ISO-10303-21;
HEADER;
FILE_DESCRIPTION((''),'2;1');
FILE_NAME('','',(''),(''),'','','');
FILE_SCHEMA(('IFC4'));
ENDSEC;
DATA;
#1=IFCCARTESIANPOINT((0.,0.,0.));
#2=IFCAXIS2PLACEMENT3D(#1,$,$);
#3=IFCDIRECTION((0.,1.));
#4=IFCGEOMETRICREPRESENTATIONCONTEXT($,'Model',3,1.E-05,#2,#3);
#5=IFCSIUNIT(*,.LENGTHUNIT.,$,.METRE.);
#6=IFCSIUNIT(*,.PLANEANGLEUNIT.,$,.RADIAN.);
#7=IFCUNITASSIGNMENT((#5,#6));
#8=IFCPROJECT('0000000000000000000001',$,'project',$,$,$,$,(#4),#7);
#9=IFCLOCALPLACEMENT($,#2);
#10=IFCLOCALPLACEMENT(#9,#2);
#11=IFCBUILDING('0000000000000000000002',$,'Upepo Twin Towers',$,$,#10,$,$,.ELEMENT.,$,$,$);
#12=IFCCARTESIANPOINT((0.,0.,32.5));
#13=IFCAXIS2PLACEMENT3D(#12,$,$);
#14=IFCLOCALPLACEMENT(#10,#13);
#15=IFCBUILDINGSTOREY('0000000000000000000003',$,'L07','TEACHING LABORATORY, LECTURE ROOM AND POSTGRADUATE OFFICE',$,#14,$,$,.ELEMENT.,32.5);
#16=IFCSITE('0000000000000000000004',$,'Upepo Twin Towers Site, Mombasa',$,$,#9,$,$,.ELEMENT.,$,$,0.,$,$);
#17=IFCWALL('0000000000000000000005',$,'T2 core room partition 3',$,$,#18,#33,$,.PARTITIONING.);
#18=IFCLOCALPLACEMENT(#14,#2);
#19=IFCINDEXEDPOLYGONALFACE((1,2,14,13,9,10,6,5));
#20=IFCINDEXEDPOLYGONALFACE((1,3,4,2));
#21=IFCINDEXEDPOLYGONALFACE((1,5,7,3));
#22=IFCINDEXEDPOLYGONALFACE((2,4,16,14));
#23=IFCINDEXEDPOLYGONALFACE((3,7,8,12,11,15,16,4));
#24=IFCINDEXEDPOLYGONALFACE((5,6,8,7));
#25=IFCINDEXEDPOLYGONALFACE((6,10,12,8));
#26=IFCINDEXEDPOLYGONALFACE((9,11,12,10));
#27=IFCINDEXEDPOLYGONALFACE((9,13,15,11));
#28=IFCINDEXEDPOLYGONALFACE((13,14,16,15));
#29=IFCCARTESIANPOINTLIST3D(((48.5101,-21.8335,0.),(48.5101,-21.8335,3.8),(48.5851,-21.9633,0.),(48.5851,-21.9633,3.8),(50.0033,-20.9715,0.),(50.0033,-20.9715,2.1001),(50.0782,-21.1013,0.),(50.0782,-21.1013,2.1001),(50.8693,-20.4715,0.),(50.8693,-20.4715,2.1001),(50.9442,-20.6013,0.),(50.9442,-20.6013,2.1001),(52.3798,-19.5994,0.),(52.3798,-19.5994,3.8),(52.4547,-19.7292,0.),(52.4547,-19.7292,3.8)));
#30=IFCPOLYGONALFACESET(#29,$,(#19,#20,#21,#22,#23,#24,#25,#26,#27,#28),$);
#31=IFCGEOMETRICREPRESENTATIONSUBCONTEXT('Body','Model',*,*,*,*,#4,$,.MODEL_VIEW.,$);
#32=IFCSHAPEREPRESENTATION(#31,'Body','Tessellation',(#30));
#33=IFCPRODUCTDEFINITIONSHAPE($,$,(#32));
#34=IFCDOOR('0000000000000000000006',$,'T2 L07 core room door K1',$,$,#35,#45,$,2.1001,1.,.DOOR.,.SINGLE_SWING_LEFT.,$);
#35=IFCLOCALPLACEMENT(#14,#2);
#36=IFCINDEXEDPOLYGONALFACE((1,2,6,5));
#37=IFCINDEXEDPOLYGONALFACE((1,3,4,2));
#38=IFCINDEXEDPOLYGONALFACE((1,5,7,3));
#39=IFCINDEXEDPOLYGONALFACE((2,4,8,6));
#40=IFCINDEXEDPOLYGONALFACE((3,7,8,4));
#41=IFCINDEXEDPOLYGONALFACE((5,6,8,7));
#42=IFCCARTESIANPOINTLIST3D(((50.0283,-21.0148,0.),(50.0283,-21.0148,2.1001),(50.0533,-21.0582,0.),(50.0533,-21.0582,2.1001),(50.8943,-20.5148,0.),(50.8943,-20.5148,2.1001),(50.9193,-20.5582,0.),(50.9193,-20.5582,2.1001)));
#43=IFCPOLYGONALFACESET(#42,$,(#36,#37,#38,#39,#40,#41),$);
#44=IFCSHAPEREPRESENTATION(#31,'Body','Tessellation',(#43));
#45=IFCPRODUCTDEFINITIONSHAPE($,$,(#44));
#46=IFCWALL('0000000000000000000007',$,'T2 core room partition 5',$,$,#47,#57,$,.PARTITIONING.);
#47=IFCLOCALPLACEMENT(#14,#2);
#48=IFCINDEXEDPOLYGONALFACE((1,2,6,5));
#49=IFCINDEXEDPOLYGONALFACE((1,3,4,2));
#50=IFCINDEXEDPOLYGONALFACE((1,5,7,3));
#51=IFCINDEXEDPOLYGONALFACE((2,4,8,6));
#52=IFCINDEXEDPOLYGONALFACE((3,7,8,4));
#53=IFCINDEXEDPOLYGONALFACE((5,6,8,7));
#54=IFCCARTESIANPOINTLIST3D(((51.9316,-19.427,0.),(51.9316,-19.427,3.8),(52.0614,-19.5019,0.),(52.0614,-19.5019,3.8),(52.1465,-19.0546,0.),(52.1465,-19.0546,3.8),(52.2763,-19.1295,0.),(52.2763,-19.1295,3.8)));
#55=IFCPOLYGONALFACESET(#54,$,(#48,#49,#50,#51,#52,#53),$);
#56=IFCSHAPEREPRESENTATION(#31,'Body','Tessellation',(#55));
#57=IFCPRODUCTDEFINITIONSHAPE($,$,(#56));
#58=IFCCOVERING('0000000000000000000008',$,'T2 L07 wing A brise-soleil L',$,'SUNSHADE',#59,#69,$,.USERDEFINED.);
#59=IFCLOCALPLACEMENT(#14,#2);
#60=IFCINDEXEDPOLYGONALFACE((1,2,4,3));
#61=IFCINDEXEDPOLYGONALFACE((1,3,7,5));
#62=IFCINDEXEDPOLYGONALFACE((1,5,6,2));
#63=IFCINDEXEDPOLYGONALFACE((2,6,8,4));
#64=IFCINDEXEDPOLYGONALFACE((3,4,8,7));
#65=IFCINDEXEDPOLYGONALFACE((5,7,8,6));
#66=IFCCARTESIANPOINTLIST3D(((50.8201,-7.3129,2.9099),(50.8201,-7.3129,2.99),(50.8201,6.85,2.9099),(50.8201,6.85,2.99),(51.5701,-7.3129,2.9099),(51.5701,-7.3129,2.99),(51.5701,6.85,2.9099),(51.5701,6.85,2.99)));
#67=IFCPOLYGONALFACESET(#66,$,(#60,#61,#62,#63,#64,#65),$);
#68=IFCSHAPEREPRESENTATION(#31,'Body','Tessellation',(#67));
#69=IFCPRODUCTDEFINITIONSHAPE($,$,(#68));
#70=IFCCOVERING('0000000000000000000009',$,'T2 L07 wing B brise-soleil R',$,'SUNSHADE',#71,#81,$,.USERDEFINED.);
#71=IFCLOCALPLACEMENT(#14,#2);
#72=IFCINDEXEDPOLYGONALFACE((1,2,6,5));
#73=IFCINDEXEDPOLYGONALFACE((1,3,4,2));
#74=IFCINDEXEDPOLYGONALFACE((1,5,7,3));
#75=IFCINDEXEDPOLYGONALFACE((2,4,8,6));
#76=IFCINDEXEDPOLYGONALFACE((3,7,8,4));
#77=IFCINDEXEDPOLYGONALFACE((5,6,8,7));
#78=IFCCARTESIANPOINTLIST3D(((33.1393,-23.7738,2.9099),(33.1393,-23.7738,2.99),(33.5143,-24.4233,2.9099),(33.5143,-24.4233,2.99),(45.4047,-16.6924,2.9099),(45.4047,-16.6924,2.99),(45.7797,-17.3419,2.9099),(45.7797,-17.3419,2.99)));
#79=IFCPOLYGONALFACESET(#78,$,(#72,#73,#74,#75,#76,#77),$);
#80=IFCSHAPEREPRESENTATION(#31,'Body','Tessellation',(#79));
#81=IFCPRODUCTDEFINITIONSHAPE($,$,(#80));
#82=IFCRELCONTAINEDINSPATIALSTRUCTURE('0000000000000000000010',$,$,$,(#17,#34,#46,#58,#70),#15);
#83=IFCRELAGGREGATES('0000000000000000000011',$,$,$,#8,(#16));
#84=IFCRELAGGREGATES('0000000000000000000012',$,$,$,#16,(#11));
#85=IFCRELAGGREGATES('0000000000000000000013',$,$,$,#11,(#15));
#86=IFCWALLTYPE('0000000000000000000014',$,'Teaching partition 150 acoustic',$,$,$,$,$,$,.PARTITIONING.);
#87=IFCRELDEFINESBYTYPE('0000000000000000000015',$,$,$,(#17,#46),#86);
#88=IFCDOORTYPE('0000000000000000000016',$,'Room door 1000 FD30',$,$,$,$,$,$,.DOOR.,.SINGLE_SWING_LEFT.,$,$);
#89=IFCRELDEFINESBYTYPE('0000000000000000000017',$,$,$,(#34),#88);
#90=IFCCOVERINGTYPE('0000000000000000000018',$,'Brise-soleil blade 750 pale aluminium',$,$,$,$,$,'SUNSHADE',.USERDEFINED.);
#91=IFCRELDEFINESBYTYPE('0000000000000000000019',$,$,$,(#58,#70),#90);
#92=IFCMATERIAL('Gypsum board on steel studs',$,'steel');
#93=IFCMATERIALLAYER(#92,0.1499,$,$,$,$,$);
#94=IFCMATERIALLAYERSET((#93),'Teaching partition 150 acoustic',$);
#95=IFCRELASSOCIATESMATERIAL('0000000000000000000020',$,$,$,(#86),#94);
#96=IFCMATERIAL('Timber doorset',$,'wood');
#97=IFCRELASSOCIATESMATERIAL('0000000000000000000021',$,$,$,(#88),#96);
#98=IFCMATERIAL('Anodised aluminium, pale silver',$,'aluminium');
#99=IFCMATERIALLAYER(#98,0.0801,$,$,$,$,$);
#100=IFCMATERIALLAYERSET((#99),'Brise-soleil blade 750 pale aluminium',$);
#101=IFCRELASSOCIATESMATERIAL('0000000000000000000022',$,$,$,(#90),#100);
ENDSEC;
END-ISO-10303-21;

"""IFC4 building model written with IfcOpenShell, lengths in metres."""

from ifc_helpers import new_model, si_unit, direction, frame, frame_2d, origin, origin_2d, place, context, subcontext, project, spatial, rectangle, extrude, material, layer, layer_set, type_object, element, fill, save


model = new_model("IFC4")

# Units and contexts
model_context = context("Model", 3, precision=1e-05, world=origin(), true_north=direction((0.0, 1.0)))
body_context = subcontext(model_context, "Body", "Model", "MODEL_VIEW")
ifc_project = project(units=[si_unit("LENGTHUNIT", "METRE"), si_unit("PLANEANGLEUNIT", "RADIAN")], contexts=[model_context])

# Site, building, storey
site_placement = place(None, origin())
site = spatial("IfcSite", under=ifc_project, at=site_placement, Name="Upepo Twin Towers Site, Mombasa", CompositionType="ELEMENT", RefElevation=0.0)
building_placement = place(site_placement, origin())
building = spatial("IfcBuilding", under=site, at=building_placement, Name="Upepo Twin Towers", CompositionType="ELEMENT")
storey_placement = place(building_placement, frame((0.0, 0.0, 32.5)))
storey = spatial("IfcBuildingStorey", under=building, at=storey_placement, Name="L07", Description="TEACHING LABORATORY, LECTURE ROOM AND POSTGRADUATE OFFICE", CompositionType="ELEMENT", Elevation=32.5)

# Wall, opening, door
ifc_material_1 = material(Name="Gypsum board on steel studs", Category="steel")
ifc_layer_1 = layer(ifc_material_1, 0.1499)
ifc_layer_set_1 = layer_set([ifc_layer_1], Name="Teaching partition 150 acoustic")
wall_type_1 = type_object("IfcWallType", Name="Teaching partition 150 acoustic", PredefinedType="PARTITIONING", material=ifc_layer_set_1)
wall_1_placement = place(storey_placement, frame((48.5476, -21.8984, 0.0), z_axis=(0.0, 0.0, 1.0), x_axis=(0.866025, 0.5, 0.0)))
wall_1 = element("IfcWall", 1, at=wall_1_placement, inside=storey, type_object=wall_type_1, Name="T2 core room partition 3", PredefinedType="PARTITIONING", context=body_context, shape_type="SweptSolid", body=[
    extrude(rectangle(XDim=4.4683, YDim=0.1499, at=frame_2d((2.2341, 0.0))), origin(), (0.0, 0.0, 1.0), 3.8),
])
opening_placement = place(wall_1_placement, frame((1.7241, 0.0, 0.0)))
opening = element("IfcOpeningElement", 2, at=opening_placement, cuts=wall_1, PredefinedType="OPENING", context=body_context, shape_type="SweptSolid", body=[
    extrude(rectangle(XDim=1.0, YDim=2.1001, at=frame_2d((0.5, 1.05))), frame((0.0, 0.085, 0.0), z_axis=(0.0, -1.0, 0.0), x_axis=(1.0, 0.0, 0.0)), (0.0, 0.0, 1.0), 0.1699),
])
ifc_material_2 = material(Name="Timber doorset", Category="wood")
door_type = type_object("IfcDoorType", Name="Room door 1000 FD30", OperationType="SINGLE_SWING_LEFT", PredefinedType="DOOR", material=ifc_material_2)
door_placement = place(opening_placement, origin())
door = element("IfcDoor", 3, at=door_placement, inside=storey, type_object=door_type, Name="T2 L07 core room door K1", OperationType="SINGLE_SWING_LEFT", OverallHeight=2.1001, OverallWidth=1.0, PredefinedType="DOOR", context=body_context, shape_type="SweptSolid", body=[
    extrude(rectangle(XDim=1.0, YDim=2.1001, at=frame_2d((0.5, 1.05))), frame((0.0, 0.0249, 0.0), z_axis=(0.0, -1.0, 0.0), x_axis=(1.0, 0.0, 0.0)), (0.0, 0.0, 1.0), 0.05),
])
fill(opening, door)

# Wall
wall_2_placement = place(storey_placement, frame((51.9966, -19.4644, 0.0), z_axis=(0.0, 0.0, 1.0), x_axis=(0.499804, 0.866138, 0.0)))
element("IfcWall", 4, at=wall_2_placement, inside=storey, type_object=wall_type_1, Name="T2 core room partition 5", PredefinedType="PARTITIONING", context=body_context, shape_type="SweptSolid", body=[
    extrude(rectangle(XDim=0.4299, YDim=0.1499, at=frame_2d((0.2148, 0.0))), origin(), (0.0, 0.0, 1.0), 3.8),
])

# Coverings
ifc_material_3 = material(Name="Anodised aluminium, pale silver", Category="aluminium")
ifc_layer_2 = layer(ifc_material_3, 0.0801)
ifc_layer_set_2 = layer_set([ifc_layer_2], Name="Brise-soleil blade 750 pale aluminium")
covering_type = type_object("IfcCoveringType", Name="Brise-soleil blade 750 pale aluminium", ElementType="SUNSHADE", PredefinedType="USERDEFINED", material=ifc_layer_set_2)
for number, where, z_axis, x_axis, name in (
    (5, (51.1951, -0.2314, 2.9099), (0.0, 0.0, 1.0), (0.0, 1.0, 0.0), "T2 L07 wing A brise-soleil L"),
    (6, (39.4595, -20.5579, 2.9099), (0.0, 0.0, 1.0), (-0.866025, -0.5, 0.0), "T2 L07 wing B brise-soleil R"),
):
    element("IfcCovering", number, at=place(storey_placement, frame(where, z_axis=z_axis, x_axis=x_axis)), inside=storey, type_object=covering_type, Name=name, ObjectType="SUNSHADE", PredefinedType="USERDEFINED", context=body_context, shape_type="SweptSolid", body=[
        extrude(rectangle(XDim=14.1628, YDim=0.75, at=origin_2d()), origin(), (0.0, 0.0, 1.0), 0.0801),
    ])

save(model, "model.ifc")
